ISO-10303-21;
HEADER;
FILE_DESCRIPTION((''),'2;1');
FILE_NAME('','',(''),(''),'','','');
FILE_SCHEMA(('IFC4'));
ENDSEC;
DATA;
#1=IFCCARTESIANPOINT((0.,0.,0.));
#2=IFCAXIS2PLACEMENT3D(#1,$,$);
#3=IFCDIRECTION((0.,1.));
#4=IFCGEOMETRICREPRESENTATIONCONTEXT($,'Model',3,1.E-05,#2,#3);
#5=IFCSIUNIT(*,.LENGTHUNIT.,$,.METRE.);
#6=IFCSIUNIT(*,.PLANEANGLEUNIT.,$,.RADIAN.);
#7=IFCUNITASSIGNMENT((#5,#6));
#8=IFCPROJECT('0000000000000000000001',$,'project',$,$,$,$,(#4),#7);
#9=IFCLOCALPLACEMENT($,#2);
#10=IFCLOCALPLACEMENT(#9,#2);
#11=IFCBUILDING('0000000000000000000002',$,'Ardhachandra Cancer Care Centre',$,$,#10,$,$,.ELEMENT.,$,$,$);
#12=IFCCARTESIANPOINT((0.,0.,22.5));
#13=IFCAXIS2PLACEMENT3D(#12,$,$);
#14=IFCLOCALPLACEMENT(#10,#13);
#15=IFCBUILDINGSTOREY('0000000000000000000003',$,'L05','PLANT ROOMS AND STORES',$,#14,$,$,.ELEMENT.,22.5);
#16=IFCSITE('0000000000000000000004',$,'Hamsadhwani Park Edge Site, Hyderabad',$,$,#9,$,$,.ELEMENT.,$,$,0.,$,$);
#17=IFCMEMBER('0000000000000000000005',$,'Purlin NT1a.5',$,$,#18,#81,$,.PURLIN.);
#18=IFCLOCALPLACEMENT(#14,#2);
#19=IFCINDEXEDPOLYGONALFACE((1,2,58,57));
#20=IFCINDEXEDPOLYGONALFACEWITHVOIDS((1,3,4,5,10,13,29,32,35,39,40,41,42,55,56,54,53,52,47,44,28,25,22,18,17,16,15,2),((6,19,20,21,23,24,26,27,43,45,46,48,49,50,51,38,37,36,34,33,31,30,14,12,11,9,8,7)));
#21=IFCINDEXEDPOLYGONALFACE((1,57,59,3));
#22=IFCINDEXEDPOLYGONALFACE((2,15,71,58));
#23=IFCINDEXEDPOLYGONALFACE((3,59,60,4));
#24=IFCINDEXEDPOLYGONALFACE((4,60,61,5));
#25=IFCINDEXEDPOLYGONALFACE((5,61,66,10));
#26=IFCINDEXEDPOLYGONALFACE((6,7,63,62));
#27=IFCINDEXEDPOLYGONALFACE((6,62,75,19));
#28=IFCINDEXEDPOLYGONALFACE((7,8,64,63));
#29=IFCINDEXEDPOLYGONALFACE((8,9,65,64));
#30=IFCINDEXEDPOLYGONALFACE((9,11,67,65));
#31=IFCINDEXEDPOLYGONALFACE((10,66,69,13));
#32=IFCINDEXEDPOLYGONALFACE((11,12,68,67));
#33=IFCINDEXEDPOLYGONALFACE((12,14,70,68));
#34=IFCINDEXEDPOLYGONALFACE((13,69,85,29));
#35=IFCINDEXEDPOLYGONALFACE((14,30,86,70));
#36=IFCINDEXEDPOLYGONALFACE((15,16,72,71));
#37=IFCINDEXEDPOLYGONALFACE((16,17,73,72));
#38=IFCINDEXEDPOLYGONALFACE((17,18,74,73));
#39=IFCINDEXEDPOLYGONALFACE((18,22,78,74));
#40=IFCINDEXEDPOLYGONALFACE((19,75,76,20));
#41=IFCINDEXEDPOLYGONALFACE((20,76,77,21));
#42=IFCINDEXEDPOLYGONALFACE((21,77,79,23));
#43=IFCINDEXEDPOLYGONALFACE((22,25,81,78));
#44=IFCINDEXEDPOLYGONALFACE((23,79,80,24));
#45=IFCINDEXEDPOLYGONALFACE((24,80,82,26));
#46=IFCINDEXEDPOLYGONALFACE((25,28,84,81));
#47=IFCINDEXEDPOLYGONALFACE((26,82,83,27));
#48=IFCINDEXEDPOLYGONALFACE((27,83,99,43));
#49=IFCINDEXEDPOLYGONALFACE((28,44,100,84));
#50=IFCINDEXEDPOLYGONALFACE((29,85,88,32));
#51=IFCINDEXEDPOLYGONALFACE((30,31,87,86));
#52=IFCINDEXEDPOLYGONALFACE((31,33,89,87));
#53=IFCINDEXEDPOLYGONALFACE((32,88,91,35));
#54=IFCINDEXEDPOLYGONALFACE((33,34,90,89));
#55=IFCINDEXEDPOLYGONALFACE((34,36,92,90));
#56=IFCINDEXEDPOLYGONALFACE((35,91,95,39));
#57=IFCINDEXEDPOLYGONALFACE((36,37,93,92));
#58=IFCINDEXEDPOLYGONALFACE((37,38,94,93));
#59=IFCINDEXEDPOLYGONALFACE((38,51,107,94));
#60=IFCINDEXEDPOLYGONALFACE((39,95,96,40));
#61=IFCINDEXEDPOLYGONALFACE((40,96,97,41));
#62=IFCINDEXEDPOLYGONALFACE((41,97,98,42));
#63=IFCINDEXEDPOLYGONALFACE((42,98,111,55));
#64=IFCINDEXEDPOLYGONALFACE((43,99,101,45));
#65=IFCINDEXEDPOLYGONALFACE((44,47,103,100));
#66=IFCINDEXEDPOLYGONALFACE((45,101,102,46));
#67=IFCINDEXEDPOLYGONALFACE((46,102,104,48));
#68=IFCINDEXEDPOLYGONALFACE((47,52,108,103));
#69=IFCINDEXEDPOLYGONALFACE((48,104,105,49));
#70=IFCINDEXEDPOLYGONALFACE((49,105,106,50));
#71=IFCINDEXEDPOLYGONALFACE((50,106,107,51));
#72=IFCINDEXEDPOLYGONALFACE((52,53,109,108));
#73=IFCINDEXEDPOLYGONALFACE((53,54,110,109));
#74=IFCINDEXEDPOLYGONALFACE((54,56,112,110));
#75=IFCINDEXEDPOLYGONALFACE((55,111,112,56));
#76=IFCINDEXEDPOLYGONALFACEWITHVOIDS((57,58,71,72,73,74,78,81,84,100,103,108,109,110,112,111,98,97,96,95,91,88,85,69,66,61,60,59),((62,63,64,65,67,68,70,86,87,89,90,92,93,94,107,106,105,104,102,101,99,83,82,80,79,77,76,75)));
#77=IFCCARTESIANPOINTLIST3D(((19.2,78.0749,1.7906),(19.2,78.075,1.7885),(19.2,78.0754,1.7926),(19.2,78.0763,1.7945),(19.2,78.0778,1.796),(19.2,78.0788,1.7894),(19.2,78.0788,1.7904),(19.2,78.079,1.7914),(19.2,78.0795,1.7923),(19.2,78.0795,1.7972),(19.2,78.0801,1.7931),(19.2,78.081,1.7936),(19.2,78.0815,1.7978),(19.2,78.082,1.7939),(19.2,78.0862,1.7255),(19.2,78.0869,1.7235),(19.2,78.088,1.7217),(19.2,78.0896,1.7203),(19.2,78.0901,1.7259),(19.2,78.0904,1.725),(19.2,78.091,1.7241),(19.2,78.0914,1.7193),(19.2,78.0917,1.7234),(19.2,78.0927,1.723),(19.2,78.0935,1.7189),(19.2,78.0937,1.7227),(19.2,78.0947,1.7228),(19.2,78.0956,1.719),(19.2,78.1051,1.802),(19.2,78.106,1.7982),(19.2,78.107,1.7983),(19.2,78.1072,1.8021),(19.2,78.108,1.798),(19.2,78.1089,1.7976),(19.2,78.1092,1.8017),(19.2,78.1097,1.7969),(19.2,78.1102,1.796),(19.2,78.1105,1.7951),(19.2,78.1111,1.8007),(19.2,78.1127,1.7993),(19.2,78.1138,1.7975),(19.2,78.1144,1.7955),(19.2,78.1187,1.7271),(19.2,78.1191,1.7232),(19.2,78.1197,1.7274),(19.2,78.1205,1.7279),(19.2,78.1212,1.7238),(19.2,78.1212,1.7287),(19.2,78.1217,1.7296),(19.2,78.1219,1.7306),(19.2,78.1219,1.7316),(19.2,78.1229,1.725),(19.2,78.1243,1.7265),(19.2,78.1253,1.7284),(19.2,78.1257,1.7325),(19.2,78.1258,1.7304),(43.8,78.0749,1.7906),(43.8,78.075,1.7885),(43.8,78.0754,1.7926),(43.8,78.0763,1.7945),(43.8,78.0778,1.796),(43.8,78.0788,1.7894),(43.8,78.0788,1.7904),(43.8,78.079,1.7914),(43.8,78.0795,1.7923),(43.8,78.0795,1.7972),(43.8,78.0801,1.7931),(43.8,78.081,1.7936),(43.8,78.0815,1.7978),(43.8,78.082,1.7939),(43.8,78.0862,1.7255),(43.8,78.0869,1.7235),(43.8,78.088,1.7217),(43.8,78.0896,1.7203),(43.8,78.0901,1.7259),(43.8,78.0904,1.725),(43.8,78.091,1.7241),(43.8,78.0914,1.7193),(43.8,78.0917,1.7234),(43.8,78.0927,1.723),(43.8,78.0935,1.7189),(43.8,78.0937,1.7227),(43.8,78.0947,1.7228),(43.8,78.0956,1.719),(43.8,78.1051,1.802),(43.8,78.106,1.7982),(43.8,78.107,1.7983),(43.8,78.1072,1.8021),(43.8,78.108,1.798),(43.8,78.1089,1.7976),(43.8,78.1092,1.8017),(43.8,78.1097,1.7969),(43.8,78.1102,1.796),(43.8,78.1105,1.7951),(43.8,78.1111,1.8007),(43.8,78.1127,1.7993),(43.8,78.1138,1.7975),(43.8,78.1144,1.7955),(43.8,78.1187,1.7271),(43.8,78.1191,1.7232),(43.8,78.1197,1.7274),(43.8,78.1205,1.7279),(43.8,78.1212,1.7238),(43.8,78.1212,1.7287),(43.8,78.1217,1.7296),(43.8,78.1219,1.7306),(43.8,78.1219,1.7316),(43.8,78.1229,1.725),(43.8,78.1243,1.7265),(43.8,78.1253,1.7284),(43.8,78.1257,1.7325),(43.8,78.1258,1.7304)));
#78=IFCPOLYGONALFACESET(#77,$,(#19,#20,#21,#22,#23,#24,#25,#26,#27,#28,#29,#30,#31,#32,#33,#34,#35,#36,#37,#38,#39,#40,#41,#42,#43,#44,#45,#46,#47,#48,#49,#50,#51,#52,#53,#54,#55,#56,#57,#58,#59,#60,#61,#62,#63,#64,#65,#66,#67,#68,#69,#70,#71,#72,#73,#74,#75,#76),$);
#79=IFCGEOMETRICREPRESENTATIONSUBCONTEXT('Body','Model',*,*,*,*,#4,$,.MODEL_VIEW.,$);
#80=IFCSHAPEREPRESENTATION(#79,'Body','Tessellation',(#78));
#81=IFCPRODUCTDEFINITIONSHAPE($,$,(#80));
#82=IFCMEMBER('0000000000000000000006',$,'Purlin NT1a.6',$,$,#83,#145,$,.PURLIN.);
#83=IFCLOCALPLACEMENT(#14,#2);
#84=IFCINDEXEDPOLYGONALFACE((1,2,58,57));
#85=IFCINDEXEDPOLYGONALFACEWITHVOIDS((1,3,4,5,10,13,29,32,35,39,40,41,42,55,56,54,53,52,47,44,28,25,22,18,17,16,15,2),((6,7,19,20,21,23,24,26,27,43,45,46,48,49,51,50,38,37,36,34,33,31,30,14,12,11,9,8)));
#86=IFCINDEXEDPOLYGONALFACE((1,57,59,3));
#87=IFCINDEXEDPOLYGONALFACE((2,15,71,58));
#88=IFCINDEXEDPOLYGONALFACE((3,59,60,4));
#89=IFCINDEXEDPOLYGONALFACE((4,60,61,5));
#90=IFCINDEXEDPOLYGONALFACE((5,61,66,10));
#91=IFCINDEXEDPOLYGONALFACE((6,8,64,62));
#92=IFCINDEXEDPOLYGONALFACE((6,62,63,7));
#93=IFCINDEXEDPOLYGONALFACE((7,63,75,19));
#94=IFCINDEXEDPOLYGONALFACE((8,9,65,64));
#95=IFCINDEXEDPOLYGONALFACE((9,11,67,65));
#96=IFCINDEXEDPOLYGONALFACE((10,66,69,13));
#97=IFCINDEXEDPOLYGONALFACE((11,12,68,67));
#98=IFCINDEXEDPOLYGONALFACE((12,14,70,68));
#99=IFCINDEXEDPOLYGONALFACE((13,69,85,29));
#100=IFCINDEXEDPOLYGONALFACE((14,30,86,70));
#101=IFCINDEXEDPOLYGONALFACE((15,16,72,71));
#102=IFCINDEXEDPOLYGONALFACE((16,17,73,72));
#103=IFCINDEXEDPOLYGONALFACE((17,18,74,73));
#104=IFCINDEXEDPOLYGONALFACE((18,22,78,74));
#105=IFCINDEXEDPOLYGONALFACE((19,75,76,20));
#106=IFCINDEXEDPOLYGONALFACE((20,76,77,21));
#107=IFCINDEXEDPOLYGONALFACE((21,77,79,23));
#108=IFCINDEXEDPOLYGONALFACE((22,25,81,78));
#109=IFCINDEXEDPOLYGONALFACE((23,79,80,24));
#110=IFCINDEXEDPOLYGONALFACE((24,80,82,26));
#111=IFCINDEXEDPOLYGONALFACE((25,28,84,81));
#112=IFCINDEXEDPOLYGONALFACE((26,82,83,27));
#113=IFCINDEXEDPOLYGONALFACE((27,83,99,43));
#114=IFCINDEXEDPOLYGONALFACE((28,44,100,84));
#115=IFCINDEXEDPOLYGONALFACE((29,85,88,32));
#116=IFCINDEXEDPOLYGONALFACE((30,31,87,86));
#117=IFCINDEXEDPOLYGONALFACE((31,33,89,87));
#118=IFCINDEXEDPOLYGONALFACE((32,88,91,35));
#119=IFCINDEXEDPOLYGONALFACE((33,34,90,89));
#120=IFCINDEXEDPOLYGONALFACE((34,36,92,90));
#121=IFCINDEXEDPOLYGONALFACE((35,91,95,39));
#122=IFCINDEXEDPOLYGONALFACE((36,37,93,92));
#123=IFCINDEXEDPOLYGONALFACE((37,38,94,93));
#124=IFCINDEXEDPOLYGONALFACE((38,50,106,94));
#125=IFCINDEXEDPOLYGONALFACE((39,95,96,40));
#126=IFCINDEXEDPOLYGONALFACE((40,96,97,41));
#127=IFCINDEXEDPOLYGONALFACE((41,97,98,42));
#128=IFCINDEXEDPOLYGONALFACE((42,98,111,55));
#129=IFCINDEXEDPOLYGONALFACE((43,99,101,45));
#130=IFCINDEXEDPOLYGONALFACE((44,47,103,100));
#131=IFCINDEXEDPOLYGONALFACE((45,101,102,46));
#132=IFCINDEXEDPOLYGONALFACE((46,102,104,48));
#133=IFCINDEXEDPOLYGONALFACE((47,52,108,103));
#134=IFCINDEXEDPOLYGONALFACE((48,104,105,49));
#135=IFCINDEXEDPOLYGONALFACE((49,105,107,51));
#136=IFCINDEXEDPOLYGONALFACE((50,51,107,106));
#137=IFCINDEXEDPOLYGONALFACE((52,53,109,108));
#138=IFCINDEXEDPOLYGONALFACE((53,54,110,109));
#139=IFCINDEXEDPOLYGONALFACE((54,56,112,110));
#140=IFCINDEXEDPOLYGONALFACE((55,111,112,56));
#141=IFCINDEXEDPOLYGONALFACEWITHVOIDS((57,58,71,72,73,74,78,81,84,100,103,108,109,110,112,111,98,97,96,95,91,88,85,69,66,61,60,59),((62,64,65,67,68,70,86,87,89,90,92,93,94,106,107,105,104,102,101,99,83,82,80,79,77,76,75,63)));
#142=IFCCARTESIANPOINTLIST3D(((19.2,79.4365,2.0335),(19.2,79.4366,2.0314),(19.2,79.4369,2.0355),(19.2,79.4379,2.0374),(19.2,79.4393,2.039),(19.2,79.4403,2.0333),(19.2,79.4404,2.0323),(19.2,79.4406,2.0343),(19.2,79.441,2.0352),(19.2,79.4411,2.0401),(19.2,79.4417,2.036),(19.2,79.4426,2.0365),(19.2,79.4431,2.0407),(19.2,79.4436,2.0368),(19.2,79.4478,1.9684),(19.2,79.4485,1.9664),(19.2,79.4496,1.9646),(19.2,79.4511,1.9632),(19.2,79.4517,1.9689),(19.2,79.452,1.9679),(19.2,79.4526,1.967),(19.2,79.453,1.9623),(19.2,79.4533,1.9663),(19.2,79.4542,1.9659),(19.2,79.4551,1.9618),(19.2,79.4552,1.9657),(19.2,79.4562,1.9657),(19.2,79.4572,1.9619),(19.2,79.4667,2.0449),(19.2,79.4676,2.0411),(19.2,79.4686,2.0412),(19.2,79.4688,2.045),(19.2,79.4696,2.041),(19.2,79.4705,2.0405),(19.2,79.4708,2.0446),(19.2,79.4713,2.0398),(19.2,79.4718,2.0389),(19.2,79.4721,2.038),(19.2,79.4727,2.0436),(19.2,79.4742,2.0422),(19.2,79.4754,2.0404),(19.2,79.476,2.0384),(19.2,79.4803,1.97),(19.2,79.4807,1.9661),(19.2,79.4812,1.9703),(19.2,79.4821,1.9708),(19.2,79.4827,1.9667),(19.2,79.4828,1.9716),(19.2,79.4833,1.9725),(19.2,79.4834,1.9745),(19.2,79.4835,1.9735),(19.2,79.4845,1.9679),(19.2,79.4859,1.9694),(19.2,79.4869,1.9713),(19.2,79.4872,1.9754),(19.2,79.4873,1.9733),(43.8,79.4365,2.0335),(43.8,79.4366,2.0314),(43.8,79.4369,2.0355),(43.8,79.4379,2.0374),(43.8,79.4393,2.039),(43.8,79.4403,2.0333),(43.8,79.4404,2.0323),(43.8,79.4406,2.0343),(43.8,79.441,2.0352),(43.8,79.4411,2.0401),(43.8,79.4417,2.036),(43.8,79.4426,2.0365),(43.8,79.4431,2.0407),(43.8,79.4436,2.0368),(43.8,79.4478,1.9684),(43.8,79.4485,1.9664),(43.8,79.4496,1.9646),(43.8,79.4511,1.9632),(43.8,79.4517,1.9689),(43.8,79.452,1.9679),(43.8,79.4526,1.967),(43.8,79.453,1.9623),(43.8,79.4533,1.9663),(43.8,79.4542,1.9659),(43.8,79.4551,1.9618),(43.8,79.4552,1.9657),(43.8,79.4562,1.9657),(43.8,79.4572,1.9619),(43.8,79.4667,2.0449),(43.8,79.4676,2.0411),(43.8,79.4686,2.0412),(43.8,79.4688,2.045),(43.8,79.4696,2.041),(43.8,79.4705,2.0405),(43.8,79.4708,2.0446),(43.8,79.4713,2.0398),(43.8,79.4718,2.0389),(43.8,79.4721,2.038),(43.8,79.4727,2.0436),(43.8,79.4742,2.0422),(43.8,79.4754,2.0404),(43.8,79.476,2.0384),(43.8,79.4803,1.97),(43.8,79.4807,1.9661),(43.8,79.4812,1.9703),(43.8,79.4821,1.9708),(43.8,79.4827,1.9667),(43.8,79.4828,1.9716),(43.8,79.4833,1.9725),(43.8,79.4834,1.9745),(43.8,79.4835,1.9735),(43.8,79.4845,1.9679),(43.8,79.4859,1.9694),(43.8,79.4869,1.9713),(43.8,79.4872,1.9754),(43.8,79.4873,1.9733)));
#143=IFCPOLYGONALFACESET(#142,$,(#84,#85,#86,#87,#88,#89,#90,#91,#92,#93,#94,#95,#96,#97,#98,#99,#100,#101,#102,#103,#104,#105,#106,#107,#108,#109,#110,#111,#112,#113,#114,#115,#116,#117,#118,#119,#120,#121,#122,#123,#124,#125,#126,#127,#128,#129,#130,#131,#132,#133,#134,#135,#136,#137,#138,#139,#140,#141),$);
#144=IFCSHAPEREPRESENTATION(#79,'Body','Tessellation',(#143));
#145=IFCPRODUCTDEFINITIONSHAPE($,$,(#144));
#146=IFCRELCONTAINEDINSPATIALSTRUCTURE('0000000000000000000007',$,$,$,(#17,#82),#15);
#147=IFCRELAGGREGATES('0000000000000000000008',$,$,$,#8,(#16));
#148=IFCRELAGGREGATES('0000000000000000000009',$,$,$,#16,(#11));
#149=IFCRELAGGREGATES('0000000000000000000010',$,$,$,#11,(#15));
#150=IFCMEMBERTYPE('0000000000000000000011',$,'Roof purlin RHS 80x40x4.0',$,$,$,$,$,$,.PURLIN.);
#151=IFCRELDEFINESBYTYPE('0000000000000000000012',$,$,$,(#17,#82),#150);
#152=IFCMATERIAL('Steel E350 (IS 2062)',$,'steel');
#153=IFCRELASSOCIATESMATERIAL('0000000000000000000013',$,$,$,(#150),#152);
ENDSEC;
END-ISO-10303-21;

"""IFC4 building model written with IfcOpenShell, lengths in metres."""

from ifc_helpers import new_model, si_unit, direction, frame, origin, origin_2d, place, context, subcontext, project, spatial, hollow_rectangle, extrude, material, material_profile, profile_set, type_object, element, save


model = new_model("IFC4")

# Units and contexts
model_context = context("Model", 3, precision=1e-05, world=origin(), true_north=direction((0.0, 1.0)))
body_context = subcontext(model_context, "Body", "Model", "MODEL_VIEW")
ifc_project = project(units=[si_unit("LENGTHUNIT", "METRE"), si_unit("PLANEANGLEUNIT", "RADIAN")], contexts=[model_context])

# Site, building, storey
site_placement = place(None, origin())
site = spatial("IfcSite", under=ifc_project, at=site_placement, Name="Hamsadhwani Park Edge Site, Hyderabad", CompositionType="ELEMENT", RefElevation=0.0)
building_placement = place(site_placement, origin())
building = spatial("IfcBuilding", under=site, at=building_placement, Name="Ardhachandra Cancer Care Centre", CompositionType="ELEMENT")
storey_placement = place(building_placement, frame((0.0, 0.0, 22.5)))
storey = spatial("IfcBuildingStorey", under=building, at=storey_placement, Name="L05", Description="PLANT ROOMS AND STORES", CompositionType="ELEMENT", Elevation=22.5)

# Members
ifc_material_1 = material(Name="Steel E350 (IS 2062)", Category="steel")
ifc_material_profile_1 = material_profile(ifc_material_1, hollow_rectangle(XDim=0.04, YDim=0.0801, WallThickness=0.0039, InnerFilletRadius=0.0039, OuterFilletRadius=0.0081, at=origin_2d()), Name="RHS 80x40x4.0")
ifc_profile_set_1 = profile_set([ifc_material_profile_1], Name="Steel E350 (IS 2062)")
member_type_1 = type_object("IfcMemberType", Name="Roof purlin RHS 80x40x4.0", PredefinedType="PURLIN", material=ifc_profile_set_1)
for number, where, z_axis, x_axis, name in (
    (1, (19.2, 78.1003, 1.7605), (1.0, 0.0, 0.0), (0.0, 0.98446, 0.175606), "Purlin NT1a.5"),
    (2, (19.2, 79.4619, 2.0034), (1.0, 0.0, 0.0), (0.0, 0.98446, 0.175606), "Purlin NT1a.6"),
):
    element("IfcMember", number, at=place(storey_placement, frame(where, z_axis=z_axis, x_axis=x_axis)), inside=storey, type_object=member_type_1, Name=name, PredefinedType="PURLIN", context=body_context, shape_type="SweptSolid", body=[
        extrude(hollow_rectangle(XDim=0.04, YDim=0.0801, WallThickness=0.0039, InnerFilletRadius=0.0039, OuterFilletRadius=0.0081, at=origin_2d()), origin(), (0.0, 0.0, 1.0), 24.6001),
    ])

save(model, "model.ifc")
